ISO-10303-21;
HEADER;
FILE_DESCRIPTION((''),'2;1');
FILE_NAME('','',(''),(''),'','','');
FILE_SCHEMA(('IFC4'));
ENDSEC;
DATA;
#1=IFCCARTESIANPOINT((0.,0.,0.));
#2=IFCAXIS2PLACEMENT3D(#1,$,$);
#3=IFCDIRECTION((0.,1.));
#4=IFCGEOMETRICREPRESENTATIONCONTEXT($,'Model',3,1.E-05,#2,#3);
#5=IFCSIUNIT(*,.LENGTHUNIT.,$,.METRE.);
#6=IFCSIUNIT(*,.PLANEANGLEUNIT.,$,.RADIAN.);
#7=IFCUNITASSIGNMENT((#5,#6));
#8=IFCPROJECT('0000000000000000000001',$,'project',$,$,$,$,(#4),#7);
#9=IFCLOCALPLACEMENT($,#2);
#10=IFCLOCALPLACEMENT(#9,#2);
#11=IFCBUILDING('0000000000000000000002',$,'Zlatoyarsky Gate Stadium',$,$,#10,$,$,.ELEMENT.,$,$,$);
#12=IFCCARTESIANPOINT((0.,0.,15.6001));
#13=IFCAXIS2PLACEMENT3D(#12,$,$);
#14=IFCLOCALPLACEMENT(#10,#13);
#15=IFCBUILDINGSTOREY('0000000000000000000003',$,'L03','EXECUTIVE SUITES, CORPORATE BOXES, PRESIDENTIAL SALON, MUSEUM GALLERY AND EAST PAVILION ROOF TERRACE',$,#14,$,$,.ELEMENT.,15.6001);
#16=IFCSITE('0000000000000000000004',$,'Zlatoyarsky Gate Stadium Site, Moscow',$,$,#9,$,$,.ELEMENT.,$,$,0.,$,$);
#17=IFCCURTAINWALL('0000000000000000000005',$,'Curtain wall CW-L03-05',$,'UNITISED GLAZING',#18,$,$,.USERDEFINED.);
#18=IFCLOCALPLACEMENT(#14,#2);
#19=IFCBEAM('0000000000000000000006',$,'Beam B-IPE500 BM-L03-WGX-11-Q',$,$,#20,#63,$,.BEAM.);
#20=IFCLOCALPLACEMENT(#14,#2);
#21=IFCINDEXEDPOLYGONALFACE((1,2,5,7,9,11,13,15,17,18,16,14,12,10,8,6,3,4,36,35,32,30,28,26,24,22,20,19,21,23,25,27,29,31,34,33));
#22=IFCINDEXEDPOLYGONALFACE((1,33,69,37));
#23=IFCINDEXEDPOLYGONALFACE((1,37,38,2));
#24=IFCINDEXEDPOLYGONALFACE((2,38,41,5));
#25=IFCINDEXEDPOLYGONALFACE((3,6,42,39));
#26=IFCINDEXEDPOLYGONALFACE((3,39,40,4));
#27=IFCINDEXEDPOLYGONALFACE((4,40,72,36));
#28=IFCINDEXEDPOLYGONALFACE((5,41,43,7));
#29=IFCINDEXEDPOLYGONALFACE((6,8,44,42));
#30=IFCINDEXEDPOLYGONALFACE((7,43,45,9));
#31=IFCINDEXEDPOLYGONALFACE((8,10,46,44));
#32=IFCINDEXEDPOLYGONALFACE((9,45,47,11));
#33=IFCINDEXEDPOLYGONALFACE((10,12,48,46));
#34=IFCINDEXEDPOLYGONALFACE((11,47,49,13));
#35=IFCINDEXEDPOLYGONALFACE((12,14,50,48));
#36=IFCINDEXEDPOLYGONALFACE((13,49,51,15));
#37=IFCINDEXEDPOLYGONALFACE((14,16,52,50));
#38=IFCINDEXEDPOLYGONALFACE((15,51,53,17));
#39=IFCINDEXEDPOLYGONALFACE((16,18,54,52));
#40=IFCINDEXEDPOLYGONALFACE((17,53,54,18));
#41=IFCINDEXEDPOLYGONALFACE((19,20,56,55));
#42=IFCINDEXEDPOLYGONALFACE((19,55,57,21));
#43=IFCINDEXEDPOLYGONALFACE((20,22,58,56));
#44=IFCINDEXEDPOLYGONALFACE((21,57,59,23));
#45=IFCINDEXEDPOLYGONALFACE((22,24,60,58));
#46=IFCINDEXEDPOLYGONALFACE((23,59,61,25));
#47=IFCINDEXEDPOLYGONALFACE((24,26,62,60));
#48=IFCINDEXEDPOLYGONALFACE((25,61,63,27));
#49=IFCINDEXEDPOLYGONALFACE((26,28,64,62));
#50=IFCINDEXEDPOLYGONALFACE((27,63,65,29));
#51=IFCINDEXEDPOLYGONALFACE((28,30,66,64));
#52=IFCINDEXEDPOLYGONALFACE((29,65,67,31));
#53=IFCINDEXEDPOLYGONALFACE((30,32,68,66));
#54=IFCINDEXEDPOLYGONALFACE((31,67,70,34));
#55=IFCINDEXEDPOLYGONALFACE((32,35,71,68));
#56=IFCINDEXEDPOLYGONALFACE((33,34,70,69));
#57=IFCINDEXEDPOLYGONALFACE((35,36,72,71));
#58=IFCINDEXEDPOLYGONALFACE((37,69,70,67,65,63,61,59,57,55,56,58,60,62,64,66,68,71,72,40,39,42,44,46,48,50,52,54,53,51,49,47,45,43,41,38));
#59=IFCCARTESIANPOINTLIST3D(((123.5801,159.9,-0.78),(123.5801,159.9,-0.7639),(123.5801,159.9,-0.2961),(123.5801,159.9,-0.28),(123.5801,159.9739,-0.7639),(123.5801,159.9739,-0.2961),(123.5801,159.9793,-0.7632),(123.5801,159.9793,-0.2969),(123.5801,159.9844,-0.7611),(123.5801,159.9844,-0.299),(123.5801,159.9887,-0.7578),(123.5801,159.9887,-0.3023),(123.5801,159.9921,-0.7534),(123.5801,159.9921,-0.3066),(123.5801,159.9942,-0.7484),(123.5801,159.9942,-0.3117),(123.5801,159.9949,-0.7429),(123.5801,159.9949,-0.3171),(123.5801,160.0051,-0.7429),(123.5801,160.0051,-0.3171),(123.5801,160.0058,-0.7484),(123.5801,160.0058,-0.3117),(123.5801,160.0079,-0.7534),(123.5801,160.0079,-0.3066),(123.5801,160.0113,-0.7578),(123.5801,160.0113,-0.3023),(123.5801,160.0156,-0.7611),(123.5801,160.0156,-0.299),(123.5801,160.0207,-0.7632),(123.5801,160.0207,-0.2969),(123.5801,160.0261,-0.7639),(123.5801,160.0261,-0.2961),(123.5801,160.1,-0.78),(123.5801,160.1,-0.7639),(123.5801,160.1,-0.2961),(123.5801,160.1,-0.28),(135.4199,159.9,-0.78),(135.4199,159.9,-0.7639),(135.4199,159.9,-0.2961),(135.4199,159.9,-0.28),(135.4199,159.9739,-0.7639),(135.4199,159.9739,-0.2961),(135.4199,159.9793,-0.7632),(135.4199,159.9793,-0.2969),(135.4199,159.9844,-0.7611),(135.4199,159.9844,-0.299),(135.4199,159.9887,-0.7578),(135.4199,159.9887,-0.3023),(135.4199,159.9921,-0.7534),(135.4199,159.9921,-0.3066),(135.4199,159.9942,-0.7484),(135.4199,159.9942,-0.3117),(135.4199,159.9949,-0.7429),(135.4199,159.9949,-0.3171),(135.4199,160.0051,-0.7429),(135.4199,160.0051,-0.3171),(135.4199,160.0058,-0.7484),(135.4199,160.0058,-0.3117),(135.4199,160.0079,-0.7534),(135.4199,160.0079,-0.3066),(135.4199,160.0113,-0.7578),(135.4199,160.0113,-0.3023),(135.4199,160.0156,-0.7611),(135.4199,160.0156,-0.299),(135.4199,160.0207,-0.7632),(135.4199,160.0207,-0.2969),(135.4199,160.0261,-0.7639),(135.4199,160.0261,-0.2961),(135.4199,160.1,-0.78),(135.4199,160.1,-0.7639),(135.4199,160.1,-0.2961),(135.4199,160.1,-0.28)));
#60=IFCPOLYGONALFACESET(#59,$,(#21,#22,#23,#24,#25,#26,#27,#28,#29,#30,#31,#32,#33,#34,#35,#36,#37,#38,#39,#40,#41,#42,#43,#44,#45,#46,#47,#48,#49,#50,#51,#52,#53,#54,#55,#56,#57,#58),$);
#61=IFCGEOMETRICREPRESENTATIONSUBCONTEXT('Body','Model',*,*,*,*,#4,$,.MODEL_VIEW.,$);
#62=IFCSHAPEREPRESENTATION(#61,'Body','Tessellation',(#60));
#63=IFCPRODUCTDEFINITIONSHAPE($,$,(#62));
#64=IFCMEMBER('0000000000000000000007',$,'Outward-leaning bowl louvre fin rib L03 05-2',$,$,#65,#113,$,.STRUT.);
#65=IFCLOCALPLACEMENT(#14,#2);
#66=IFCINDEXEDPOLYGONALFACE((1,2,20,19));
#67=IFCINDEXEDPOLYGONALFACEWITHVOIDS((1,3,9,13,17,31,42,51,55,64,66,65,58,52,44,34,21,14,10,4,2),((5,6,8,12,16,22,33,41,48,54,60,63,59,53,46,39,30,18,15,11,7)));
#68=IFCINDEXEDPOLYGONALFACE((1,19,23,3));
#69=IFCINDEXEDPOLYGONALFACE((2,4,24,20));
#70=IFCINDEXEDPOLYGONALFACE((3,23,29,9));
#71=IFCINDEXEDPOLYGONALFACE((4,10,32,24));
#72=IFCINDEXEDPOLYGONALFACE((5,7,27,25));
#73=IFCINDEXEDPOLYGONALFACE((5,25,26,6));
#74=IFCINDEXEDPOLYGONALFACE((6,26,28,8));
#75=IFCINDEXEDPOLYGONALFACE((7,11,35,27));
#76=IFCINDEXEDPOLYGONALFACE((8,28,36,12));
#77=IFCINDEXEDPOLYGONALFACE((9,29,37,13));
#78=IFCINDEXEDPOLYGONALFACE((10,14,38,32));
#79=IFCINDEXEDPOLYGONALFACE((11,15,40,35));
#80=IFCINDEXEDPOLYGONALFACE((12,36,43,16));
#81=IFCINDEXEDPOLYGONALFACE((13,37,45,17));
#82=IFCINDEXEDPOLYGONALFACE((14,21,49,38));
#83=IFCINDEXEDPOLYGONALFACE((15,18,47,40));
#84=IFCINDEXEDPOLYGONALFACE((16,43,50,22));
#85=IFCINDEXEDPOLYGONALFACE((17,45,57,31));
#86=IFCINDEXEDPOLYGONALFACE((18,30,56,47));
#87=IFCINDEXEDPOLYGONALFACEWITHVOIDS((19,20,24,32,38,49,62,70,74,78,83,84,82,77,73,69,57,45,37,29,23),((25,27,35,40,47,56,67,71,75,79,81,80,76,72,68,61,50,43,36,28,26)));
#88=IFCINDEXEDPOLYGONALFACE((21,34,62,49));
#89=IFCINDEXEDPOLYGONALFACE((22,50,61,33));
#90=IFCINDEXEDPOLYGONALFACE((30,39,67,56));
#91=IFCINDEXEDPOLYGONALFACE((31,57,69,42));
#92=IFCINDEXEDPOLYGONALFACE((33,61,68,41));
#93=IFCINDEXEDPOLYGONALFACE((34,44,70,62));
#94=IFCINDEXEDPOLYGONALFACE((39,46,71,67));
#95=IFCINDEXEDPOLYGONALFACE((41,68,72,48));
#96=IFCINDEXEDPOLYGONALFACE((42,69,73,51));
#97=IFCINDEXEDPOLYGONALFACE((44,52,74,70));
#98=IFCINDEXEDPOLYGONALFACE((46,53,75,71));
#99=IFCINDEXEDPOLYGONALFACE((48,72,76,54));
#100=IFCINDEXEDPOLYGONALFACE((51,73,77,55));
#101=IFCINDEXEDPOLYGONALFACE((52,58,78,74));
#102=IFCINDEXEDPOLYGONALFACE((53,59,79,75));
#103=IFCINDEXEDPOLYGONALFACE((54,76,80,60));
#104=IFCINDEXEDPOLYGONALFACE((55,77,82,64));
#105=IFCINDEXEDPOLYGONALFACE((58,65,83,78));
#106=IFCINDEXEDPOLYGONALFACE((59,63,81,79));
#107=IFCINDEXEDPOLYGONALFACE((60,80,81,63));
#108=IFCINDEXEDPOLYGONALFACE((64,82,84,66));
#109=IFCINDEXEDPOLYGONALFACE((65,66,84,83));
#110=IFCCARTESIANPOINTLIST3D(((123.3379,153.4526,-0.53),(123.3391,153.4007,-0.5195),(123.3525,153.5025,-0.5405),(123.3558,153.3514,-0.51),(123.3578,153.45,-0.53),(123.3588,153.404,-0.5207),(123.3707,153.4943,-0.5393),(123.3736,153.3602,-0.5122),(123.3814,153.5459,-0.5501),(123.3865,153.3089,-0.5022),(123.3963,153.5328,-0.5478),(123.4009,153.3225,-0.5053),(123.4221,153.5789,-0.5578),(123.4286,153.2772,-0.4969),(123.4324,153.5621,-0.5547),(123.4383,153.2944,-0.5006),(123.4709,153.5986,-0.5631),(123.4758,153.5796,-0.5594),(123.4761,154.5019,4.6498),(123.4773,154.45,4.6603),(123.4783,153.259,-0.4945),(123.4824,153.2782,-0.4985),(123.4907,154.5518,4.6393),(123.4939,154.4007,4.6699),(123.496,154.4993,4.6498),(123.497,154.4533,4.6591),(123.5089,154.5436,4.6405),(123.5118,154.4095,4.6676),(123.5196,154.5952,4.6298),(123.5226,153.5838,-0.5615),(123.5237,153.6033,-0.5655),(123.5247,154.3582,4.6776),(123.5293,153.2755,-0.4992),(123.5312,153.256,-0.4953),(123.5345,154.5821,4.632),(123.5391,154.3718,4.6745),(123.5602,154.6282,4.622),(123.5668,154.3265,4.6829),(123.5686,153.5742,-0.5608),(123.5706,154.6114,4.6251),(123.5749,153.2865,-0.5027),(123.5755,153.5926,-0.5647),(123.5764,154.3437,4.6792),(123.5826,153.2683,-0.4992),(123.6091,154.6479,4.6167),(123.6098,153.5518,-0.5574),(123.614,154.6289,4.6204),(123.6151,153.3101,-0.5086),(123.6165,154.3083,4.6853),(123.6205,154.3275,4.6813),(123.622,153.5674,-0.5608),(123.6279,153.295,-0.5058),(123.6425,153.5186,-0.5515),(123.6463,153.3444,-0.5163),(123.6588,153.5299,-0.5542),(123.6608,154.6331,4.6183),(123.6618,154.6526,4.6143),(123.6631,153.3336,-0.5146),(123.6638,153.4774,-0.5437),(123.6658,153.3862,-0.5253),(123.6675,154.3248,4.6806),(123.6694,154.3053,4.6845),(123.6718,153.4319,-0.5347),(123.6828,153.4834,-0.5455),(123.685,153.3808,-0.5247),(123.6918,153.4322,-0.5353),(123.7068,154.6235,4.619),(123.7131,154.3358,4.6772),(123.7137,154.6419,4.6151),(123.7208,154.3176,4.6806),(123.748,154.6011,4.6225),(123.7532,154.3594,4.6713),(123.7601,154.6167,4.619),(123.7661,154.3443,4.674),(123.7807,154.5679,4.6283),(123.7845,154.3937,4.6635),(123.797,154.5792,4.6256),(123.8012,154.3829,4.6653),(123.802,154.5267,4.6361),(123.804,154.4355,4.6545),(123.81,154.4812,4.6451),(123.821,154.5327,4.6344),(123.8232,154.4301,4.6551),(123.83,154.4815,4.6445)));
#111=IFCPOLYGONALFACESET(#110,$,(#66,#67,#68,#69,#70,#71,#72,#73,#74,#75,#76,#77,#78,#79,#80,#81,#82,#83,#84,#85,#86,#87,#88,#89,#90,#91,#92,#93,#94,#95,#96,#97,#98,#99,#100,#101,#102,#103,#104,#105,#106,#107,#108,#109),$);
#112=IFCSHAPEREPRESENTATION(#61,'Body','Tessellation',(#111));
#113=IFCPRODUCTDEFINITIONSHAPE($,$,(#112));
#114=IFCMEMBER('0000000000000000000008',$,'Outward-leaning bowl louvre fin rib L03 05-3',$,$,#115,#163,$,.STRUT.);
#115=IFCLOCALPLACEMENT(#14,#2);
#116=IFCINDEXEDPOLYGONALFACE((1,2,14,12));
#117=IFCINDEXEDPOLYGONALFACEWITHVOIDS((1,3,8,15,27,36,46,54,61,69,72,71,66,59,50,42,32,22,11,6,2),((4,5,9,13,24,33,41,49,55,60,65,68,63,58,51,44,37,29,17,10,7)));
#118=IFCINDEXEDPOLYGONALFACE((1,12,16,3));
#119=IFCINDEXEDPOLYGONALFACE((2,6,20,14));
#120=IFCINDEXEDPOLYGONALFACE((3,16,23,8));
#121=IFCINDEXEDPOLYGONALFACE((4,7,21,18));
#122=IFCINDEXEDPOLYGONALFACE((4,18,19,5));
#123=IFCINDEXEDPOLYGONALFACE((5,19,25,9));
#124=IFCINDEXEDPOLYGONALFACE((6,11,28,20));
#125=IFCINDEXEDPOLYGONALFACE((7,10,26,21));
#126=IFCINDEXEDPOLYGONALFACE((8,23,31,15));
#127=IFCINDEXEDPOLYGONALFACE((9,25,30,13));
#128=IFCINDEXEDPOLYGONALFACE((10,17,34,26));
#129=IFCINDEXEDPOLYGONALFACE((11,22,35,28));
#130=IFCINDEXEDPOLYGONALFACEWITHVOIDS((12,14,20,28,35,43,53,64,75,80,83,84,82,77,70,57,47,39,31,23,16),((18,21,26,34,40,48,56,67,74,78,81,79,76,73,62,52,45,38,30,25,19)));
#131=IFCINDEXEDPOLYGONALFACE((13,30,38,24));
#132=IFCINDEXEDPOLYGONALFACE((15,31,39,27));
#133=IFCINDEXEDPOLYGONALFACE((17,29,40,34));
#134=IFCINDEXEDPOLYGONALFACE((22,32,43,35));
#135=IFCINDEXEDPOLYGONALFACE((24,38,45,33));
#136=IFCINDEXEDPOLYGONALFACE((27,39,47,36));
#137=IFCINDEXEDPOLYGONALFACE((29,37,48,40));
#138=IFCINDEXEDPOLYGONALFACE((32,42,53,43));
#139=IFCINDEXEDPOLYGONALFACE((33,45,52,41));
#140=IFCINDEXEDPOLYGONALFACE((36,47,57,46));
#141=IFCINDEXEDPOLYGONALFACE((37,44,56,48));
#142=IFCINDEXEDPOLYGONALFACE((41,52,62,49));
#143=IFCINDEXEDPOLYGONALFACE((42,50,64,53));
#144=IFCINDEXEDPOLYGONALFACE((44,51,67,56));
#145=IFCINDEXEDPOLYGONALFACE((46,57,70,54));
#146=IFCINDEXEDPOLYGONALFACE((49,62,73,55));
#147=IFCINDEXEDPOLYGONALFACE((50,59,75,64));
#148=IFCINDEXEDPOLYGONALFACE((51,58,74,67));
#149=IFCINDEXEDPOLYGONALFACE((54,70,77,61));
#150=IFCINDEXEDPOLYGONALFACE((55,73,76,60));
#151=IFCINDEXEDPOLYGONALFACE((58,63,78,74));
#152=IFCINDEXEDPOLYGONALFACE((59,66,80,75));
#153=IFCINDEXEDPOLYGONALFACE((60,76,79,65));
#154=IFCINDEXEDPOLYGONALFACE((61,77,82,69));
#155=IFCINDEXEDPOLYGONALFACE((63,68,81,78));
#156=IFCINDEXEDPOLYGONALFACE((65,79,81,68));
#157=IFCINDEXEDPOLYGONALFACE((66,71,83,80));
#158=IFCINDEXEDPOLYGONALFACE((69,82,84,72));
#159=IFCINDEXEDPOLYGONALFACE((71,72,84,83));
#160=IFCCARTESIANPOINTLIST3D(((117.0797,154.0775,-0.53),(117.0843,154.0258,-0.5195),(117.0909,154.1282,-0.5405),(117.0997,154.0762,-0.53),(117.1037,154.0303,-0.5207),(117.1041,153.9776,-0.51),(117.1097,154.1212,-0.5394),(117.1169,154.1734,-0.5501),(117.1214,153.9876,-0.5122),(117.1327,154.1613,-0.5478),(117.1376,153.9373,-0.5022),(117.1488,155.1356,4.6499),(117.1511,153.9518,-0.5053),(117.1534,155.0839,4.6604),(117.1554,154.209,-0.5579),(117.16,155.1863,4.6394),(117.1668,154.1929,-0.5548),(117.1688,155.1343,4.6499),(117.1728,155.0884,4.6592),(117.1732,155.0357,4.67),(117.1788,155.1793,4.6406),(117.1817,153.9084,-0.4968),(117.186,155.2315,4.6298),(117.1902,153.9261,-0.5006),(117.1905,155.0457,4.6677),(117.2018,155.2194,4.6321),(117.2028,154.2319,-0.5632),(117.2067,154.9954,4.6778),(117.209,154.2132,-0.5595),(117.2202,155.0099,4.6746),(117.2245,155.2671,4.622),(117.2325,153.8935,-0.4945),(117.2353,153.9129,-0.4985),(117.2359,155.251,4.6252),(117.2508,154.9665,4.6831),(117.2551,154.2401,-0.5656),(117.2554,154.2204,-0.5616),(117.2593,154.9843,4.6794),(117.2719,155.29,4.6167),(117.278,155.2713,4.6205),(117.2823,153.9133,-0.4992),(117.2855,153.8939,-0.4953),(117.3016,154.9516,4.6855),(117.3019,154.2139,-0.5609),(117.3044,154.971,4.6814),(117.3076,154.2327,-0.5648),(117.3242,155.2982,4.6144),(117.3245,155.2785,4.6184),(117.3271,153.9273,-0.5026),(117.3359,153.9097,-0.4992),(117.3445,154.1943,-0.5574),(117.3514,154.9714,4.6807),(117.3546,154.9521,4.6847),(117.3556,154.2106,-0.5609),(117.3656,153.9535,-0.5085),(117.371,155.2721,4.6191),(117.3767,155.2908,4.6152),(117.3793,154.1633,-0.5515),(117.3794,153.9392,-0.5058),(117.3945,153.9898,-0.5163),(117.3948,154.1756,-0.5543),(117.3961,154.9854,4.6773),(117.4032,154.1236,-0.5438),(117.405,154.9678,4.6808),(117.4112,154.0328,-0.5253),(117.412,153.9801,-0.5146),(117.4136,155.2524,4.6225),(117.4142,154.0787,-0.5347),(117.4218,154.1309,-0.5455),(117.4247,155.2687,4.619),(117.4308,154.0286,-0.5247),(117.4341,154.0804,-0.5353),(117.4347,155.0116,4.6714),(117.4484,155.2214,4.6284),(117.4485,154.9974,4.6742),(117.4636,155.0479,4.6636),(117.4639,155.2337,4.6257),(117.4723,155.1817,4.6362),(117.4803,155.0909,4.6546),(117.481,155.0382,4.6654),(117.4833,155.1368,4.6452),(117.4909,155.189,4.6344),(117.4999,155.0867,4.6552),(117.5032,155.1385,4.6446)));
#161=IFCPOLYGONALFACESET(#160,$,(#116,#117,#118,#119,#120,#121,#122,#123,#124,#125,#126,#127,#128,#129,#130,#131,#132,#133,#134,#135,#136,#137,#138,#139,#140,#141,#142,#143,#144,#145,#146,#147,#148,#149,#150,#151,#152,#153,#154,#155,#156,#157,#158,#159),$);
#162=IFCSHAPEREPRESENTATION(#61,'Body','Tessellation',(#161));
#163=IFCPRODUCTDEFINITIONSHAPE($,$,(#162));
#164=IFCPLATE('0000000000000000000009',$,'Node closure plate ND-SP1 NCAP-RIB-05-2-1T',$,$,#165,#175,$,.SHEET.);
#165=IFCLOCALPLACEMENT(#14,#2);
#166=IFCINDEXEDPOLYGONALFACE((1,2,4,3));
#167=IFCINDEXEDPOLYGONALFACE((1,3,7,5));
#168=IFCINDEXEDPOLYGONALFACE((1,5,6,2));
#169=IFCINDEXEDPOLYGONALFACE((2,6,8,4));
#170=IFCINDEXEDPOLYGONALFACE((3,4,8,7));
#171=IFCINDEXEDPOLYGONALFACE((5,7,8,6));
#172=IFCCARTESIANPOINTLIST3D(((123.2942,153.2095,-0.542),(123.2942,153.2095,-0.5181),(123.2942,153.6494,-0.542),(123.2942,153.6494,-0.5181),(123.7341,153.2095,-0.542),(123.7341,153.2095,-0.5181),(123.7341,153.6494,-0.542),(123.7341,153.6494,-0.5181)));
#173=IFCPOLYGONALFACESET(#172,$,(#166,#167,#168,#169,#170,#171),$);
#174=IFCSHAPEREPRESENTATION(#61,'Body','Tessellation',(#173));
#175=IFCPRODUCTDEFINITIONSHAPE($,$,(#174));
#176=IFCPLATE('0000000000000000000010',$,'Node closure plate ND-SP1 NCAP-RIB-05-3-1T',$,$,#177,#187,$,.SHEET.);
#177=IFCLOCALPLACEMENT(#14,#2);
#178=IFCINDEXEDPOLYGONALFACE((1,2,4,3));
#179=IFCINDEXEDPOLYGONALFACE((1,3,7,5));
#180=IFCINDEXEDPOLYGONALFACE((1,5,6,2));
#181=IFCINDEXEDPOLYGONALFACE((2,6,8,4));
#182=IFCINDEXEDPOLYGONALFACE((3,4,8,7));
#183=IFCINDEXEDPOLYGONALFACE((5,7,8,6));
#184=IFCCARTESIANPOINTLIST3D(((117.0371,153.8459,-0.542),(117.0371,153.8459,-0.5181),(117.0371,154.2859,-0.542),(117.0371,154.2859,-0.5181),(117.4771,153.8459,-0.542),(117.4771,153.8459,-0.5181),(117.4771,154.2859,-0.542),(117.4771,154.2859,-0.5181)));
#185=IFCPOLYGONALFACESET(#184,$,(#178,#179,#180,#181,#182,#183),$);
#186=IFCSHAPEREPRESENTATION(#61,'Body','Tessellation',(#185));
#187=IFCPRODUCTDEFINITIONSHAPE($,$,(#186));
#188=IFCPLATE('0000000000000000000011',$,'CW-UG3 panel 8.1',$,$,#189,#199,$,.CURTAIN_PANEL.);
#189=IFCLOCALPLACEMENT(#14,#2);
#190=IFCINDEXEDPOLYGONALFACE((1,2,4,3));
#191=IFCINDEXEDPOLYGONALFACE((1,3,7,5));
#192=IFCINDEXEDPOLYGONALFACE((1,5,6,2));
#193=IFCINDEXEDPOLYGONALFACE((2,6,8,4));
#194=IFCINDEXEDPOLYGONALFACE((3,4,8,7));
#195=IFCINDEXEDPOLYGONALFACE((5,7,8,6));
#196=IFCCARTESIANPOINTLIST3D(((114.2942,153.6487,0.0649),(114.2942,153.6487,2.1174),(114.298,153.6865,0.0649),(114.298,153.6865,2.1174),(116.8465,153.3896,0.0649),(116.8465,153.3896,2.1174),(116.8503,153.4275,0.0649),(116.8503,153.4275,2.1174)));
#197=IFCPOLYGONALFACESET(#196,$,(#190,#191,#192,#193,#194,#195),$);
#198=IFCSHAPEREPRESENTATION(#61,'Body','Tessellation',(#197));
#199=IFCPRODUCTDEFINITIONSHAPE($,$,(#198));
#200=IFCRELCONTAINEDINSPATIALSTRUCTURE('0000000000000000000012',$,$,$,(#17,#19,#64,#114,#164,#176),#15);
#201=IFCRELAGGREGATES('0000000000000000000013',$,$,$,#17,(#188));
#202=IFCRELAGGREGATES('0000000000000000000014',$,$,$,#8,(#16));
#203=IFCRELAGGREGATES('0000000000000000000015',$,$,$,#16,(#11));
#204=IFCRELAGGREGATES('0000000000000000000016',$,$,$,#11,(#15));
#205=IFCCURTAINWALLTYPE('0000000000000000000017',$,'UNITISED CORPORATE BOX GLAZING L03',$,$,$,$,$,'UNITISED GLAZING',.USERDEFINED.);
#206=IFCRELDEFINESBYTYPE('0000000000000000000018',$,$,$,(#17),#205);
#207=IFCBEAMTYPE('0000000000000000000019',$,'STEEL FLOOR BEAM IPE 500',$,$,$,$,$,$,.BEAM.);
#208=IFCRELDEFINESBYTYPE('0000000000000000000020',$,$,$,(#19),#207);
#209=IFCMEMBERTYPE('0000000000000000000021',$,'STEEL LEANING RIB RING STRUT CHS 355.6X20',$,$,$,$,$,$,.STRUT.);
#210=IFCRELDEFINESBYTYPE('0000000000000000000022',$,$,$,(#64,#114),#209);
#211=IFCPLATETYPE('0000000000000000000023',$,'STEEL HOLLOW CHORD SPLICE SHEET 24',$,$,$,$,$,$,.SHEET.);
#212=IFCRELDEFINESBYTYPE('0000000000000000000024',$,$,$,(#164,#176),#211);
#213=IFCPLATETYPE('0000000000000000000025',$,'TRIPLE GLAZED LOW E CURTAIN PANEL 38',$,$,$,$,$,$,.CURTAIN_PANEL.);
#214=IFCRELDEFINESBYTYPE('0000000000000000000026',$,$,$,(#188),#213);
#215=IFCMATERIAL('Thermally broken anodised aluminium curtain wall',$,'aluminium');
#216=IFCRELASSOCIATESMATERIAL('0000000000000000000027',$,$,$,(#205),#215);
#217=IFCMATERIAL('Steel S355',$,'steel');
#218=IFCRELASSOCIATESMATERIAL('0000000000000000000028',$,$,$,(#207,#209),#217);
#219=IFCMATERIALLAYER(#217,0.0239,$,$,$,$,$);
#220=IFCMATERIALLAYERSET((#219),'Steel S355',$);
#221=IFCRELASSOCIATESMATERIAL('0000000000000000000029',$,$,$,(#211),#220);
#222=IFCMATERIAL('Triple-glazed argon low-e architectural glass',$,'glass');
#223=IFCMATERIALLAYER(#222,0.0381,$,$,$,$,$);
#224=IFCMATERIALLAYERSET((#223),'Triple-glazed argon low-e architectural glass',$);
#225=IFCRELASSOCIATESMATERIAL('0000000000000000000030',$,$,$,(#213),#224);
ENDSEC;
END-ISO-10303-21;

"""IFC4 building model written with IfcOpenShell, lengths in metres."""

from ifc_helpers import new_model, si_unit, direction, frame, origin, origin_2d, place, context, subcontext, project, spatial, rectangle, hollow_circle, i_section, extrude, material, layer, layer_set, material_profile, profile_set, type_object, element, aggregate, save


model = new_model("IFC4")

# Units and contexts
model_context = context("Model", 3, precision=1e-05, world=origin(), true_north=direction((0.0, 1.0)))
body_context = subcontext(model_context, "Body", "Model", "MODEL_VIEW")
ifc_project = project(units=[si_unit("LENGTHUNIT", "METRE"), si_unit("PLANEANGLEUNIT", "RADIAN")], contexts=[model_context])

# Site, building, storey
site_placement = place(None, origin())
site = spatial("IfcSite", under=ifc_project, at=site_placement, Name="Zlatoyarsky Gate Stadium Site, Moscow", CompositionType="ELEMENT", RefElevation=0.0)
building_placement = place(site_placement, origin())
building = spatial("IfcBuilding", under=site, at=building_placement, Name="Zlatoyarsky Gate Stadium", CompositionType="ELEMENT")
storey_placement = place(building_placement, frame((0.0, 0.0, 15.6001)))
storey = spatial("IfcBuildingStorey", under=building, at=storey_placement, Name="L03", Description="EXECUTIVE SUITES, CORPORATE BOXES, PRESIDENTIAL SALON, MUSEUM GALLERY AND EAST PAVILION ROOF TERRACE", CompositionType="ELEMENT", Elevation=15.6001)

# Shared definitions
ifc_material_1 = material(Name="Steel S355", Category="steel")

# Curtain wall
ifc_material_2 = material(Name="Thermally broken anodised aluminium curtain wall", Category="aluminium")
curtain_wall_type_1 = type_object("IfcCurtainWallType", Name="UNITISED CORPORATE BOX GLAZING L03", ElementType="UNITISED GLAZING", PredefinedType="USERDEFINED", material=ifc_material_2)
curtain_wall_1_placement = place(storey_placement, origin())
curtain_wall_1 = element("IfcCurtainWall", 1, at=curtain_wall_1_placement, inside=storey, type_object=curtain_wall_type_1, Name="Curtain wall CW-L03-05", ObjectType="UNITISED GLAZING", PredefinedType="USERDEFINED")

# Beam
ifc_material_profile_1 = material_profile(ifc_material_1, i_section(OverallWidth=0.2, OverallDepth=0.5, WebThickness=0.0103, FlangeThickness=0.0161, FilletRadius=0.021, at=origin_2d()), Name="IPE 500")
ifc_profile_set_1 = profile_set([ifc_material_profile_1], Name="Steel S355")
beam_type = type_object("IfcBeamType", Name="STEEL FLOOR BEAM IPE 500", PredefinedType="BEAM", material=ifc_profile_set_1)
beam_placement = place(storey_placement, frame((123.5801, 160.0, -0.53), z_axis=(1.0, 0.0, 0.0), x_axis=(0.0, 1.0, 0.0)))
element("IfcBeam", 2, at=beam_placement, inside=storey, type_object=beam_type, Name="Beam B-IPE500 BM-L03-WGX-11-Q", PredefinedType="BEAM", context=body_context, shape_type="SweptSolid", body=[
    extrude(i_section(OverallWidth=0.2, OverallDepth=0.5, WebThickness=0.0103, FlangeThickness=0.0161, FilletRadius=0.021, at=origin_2d()), origin(), (0.0, 0.0, 1.0), 11.8398),
])

# Members
ifc_material_profile_2 = material_profile(ifc_material_1, hollow_circle(Radius=0.1777, WallThickness=0.02, at=origin_2d()), Name="CHS 355.6X20")
ifc_profile_set_2 = profile_set([ifc_material_profile_2], Name="Steel S355")
member_type_1 = type_object("IfcMemberType", Name="STEEL LEANING RIB RING STRUT CHS 355.6X20", PredefinedType="STRUT", material=ifc_profile_set_2)
member_1_placement = place(storey_placement, frame((123.5142, 153.4294, -0.53), z_axis=(0.026137, 0.198473, 0.979758), x_axis=(-0.99144, 0.130562, 0.0)))
element("IfcMember", 3, at=member_1_placement, inside=storey, type_object=member_type_1, Name="Outward-leaning bowl louvre fin rib L03 05-2", PredefinedType="STRUT", context=body_context, shape_type="SweptSolid", body=[
    extrude(hollow_circle(Radius=0.1777, WallThickness=0.02, at=origin_2d()), origin(), (0.0, 0.0, 1.0), 5.2869),
])
member_2_placement = place(storey_placement, frame((117.2571, 154.0659, -0.53), z_axis=(0.013067, 0.20012, 0.979684), x_axis=(-0.997875, 0.065159, 0.0)))
element("IfcMember", 4, at=member_2_placement, inside=storey, type_object=member_type_1, Name="Outward-leaning bowl louvre fin rib L03 05-3", PredefinedType="STRUT", context=body_context, shape_type="SweptSolid", body=[
    extrude(hollow_circle(Radius=0.1777, WallThickness=0.02, at=origin_2d()), origin(), (0.0, 0.0, 1.0), 5.2874),
])

# Plates
ifc_layer_1 = layer(ifc_material_1, 0.0239)
ifc_layer_set_1 = layer_set([ifc_layer_1], Name="Steel S355")
plate_type_1 = type_object("IfcPlateType", Name="STEEL HOLLOW CHORD SPLICE SHEET 24", PredefinedType="SHEET", material=ifc_layer_set_1)
for number, where, z_axis, x_axis, name in (
    (5, (123.5142, 153.4294, -0.542), (0.0, 0.0, 1.0), (1.0, 0.0, 0.0), "Node closure plate ND-SP1 NCAP-RIB-05-2-1T"),
    (6, (117.2571, 154.0659, -0.542), (0.0, 0.0, 1.0), (1.0, 0.0, 0.0), "Node closure plate ND-SP1 NCAP-RIB-05-3-1T"),
):
    element("IfcPlate", number, at=place(storey_placement, frame(where, z_axis=z_axis, x_axis=x_axis)), inside=storey, type_object=plate_type_1, Name=name, PredefinedType="SHEET", context=body_context, shape_type="SweptSolid", body=[
        extrude(rectangle(XDim=0.4399, YDim=0.4399, at=origin_2d()), origin(), (0.0, 0.0, 1.0), 0.0239),
    ])

# Plate
ifc_material_3 = material(Name="Triple-glazed argon low-e architectural glass", Category="glass")
ifc_layer_2 = layer(ifc_material_3, 0.0381)
ifc_layer_set_2 = layer_set([ifc_layer_2], Name="Triple-glazed argon low-e architectural glass")
plate_type_2 = type_object("IfcPlateType", Name="TRIPLE GLAZED LOW E CURTAIN PANEL 38", PredefinedType="CURTAIN_PANEL", material=ifc_layer_set_2)
plate_1_placement = place(storey_placement, frame((115.5723, 153.5381, 0.0649), z_axis=(0.0, 0.0, 1.0), x_axis=(-0.99489, 0.100968, 0.0)))
plate_1 = element("IfcPlate", 7, at=plate_1_placement, type_object=plate_type_2, Name="CW-UG3 panel 8.1", PredefinedType="CURTAIN_PANEL", context=body_context, shape_type="SweptSolid", body=[
    extrude(rectangle(XDim=2.5654, YDim=0.0381, at=origin_2d()), origin(), (0.0, 0.0, 1.0), 2.0525),
])
aggregate(curtain_wall_1, [plate_1])

save(model, "model.ifc")
